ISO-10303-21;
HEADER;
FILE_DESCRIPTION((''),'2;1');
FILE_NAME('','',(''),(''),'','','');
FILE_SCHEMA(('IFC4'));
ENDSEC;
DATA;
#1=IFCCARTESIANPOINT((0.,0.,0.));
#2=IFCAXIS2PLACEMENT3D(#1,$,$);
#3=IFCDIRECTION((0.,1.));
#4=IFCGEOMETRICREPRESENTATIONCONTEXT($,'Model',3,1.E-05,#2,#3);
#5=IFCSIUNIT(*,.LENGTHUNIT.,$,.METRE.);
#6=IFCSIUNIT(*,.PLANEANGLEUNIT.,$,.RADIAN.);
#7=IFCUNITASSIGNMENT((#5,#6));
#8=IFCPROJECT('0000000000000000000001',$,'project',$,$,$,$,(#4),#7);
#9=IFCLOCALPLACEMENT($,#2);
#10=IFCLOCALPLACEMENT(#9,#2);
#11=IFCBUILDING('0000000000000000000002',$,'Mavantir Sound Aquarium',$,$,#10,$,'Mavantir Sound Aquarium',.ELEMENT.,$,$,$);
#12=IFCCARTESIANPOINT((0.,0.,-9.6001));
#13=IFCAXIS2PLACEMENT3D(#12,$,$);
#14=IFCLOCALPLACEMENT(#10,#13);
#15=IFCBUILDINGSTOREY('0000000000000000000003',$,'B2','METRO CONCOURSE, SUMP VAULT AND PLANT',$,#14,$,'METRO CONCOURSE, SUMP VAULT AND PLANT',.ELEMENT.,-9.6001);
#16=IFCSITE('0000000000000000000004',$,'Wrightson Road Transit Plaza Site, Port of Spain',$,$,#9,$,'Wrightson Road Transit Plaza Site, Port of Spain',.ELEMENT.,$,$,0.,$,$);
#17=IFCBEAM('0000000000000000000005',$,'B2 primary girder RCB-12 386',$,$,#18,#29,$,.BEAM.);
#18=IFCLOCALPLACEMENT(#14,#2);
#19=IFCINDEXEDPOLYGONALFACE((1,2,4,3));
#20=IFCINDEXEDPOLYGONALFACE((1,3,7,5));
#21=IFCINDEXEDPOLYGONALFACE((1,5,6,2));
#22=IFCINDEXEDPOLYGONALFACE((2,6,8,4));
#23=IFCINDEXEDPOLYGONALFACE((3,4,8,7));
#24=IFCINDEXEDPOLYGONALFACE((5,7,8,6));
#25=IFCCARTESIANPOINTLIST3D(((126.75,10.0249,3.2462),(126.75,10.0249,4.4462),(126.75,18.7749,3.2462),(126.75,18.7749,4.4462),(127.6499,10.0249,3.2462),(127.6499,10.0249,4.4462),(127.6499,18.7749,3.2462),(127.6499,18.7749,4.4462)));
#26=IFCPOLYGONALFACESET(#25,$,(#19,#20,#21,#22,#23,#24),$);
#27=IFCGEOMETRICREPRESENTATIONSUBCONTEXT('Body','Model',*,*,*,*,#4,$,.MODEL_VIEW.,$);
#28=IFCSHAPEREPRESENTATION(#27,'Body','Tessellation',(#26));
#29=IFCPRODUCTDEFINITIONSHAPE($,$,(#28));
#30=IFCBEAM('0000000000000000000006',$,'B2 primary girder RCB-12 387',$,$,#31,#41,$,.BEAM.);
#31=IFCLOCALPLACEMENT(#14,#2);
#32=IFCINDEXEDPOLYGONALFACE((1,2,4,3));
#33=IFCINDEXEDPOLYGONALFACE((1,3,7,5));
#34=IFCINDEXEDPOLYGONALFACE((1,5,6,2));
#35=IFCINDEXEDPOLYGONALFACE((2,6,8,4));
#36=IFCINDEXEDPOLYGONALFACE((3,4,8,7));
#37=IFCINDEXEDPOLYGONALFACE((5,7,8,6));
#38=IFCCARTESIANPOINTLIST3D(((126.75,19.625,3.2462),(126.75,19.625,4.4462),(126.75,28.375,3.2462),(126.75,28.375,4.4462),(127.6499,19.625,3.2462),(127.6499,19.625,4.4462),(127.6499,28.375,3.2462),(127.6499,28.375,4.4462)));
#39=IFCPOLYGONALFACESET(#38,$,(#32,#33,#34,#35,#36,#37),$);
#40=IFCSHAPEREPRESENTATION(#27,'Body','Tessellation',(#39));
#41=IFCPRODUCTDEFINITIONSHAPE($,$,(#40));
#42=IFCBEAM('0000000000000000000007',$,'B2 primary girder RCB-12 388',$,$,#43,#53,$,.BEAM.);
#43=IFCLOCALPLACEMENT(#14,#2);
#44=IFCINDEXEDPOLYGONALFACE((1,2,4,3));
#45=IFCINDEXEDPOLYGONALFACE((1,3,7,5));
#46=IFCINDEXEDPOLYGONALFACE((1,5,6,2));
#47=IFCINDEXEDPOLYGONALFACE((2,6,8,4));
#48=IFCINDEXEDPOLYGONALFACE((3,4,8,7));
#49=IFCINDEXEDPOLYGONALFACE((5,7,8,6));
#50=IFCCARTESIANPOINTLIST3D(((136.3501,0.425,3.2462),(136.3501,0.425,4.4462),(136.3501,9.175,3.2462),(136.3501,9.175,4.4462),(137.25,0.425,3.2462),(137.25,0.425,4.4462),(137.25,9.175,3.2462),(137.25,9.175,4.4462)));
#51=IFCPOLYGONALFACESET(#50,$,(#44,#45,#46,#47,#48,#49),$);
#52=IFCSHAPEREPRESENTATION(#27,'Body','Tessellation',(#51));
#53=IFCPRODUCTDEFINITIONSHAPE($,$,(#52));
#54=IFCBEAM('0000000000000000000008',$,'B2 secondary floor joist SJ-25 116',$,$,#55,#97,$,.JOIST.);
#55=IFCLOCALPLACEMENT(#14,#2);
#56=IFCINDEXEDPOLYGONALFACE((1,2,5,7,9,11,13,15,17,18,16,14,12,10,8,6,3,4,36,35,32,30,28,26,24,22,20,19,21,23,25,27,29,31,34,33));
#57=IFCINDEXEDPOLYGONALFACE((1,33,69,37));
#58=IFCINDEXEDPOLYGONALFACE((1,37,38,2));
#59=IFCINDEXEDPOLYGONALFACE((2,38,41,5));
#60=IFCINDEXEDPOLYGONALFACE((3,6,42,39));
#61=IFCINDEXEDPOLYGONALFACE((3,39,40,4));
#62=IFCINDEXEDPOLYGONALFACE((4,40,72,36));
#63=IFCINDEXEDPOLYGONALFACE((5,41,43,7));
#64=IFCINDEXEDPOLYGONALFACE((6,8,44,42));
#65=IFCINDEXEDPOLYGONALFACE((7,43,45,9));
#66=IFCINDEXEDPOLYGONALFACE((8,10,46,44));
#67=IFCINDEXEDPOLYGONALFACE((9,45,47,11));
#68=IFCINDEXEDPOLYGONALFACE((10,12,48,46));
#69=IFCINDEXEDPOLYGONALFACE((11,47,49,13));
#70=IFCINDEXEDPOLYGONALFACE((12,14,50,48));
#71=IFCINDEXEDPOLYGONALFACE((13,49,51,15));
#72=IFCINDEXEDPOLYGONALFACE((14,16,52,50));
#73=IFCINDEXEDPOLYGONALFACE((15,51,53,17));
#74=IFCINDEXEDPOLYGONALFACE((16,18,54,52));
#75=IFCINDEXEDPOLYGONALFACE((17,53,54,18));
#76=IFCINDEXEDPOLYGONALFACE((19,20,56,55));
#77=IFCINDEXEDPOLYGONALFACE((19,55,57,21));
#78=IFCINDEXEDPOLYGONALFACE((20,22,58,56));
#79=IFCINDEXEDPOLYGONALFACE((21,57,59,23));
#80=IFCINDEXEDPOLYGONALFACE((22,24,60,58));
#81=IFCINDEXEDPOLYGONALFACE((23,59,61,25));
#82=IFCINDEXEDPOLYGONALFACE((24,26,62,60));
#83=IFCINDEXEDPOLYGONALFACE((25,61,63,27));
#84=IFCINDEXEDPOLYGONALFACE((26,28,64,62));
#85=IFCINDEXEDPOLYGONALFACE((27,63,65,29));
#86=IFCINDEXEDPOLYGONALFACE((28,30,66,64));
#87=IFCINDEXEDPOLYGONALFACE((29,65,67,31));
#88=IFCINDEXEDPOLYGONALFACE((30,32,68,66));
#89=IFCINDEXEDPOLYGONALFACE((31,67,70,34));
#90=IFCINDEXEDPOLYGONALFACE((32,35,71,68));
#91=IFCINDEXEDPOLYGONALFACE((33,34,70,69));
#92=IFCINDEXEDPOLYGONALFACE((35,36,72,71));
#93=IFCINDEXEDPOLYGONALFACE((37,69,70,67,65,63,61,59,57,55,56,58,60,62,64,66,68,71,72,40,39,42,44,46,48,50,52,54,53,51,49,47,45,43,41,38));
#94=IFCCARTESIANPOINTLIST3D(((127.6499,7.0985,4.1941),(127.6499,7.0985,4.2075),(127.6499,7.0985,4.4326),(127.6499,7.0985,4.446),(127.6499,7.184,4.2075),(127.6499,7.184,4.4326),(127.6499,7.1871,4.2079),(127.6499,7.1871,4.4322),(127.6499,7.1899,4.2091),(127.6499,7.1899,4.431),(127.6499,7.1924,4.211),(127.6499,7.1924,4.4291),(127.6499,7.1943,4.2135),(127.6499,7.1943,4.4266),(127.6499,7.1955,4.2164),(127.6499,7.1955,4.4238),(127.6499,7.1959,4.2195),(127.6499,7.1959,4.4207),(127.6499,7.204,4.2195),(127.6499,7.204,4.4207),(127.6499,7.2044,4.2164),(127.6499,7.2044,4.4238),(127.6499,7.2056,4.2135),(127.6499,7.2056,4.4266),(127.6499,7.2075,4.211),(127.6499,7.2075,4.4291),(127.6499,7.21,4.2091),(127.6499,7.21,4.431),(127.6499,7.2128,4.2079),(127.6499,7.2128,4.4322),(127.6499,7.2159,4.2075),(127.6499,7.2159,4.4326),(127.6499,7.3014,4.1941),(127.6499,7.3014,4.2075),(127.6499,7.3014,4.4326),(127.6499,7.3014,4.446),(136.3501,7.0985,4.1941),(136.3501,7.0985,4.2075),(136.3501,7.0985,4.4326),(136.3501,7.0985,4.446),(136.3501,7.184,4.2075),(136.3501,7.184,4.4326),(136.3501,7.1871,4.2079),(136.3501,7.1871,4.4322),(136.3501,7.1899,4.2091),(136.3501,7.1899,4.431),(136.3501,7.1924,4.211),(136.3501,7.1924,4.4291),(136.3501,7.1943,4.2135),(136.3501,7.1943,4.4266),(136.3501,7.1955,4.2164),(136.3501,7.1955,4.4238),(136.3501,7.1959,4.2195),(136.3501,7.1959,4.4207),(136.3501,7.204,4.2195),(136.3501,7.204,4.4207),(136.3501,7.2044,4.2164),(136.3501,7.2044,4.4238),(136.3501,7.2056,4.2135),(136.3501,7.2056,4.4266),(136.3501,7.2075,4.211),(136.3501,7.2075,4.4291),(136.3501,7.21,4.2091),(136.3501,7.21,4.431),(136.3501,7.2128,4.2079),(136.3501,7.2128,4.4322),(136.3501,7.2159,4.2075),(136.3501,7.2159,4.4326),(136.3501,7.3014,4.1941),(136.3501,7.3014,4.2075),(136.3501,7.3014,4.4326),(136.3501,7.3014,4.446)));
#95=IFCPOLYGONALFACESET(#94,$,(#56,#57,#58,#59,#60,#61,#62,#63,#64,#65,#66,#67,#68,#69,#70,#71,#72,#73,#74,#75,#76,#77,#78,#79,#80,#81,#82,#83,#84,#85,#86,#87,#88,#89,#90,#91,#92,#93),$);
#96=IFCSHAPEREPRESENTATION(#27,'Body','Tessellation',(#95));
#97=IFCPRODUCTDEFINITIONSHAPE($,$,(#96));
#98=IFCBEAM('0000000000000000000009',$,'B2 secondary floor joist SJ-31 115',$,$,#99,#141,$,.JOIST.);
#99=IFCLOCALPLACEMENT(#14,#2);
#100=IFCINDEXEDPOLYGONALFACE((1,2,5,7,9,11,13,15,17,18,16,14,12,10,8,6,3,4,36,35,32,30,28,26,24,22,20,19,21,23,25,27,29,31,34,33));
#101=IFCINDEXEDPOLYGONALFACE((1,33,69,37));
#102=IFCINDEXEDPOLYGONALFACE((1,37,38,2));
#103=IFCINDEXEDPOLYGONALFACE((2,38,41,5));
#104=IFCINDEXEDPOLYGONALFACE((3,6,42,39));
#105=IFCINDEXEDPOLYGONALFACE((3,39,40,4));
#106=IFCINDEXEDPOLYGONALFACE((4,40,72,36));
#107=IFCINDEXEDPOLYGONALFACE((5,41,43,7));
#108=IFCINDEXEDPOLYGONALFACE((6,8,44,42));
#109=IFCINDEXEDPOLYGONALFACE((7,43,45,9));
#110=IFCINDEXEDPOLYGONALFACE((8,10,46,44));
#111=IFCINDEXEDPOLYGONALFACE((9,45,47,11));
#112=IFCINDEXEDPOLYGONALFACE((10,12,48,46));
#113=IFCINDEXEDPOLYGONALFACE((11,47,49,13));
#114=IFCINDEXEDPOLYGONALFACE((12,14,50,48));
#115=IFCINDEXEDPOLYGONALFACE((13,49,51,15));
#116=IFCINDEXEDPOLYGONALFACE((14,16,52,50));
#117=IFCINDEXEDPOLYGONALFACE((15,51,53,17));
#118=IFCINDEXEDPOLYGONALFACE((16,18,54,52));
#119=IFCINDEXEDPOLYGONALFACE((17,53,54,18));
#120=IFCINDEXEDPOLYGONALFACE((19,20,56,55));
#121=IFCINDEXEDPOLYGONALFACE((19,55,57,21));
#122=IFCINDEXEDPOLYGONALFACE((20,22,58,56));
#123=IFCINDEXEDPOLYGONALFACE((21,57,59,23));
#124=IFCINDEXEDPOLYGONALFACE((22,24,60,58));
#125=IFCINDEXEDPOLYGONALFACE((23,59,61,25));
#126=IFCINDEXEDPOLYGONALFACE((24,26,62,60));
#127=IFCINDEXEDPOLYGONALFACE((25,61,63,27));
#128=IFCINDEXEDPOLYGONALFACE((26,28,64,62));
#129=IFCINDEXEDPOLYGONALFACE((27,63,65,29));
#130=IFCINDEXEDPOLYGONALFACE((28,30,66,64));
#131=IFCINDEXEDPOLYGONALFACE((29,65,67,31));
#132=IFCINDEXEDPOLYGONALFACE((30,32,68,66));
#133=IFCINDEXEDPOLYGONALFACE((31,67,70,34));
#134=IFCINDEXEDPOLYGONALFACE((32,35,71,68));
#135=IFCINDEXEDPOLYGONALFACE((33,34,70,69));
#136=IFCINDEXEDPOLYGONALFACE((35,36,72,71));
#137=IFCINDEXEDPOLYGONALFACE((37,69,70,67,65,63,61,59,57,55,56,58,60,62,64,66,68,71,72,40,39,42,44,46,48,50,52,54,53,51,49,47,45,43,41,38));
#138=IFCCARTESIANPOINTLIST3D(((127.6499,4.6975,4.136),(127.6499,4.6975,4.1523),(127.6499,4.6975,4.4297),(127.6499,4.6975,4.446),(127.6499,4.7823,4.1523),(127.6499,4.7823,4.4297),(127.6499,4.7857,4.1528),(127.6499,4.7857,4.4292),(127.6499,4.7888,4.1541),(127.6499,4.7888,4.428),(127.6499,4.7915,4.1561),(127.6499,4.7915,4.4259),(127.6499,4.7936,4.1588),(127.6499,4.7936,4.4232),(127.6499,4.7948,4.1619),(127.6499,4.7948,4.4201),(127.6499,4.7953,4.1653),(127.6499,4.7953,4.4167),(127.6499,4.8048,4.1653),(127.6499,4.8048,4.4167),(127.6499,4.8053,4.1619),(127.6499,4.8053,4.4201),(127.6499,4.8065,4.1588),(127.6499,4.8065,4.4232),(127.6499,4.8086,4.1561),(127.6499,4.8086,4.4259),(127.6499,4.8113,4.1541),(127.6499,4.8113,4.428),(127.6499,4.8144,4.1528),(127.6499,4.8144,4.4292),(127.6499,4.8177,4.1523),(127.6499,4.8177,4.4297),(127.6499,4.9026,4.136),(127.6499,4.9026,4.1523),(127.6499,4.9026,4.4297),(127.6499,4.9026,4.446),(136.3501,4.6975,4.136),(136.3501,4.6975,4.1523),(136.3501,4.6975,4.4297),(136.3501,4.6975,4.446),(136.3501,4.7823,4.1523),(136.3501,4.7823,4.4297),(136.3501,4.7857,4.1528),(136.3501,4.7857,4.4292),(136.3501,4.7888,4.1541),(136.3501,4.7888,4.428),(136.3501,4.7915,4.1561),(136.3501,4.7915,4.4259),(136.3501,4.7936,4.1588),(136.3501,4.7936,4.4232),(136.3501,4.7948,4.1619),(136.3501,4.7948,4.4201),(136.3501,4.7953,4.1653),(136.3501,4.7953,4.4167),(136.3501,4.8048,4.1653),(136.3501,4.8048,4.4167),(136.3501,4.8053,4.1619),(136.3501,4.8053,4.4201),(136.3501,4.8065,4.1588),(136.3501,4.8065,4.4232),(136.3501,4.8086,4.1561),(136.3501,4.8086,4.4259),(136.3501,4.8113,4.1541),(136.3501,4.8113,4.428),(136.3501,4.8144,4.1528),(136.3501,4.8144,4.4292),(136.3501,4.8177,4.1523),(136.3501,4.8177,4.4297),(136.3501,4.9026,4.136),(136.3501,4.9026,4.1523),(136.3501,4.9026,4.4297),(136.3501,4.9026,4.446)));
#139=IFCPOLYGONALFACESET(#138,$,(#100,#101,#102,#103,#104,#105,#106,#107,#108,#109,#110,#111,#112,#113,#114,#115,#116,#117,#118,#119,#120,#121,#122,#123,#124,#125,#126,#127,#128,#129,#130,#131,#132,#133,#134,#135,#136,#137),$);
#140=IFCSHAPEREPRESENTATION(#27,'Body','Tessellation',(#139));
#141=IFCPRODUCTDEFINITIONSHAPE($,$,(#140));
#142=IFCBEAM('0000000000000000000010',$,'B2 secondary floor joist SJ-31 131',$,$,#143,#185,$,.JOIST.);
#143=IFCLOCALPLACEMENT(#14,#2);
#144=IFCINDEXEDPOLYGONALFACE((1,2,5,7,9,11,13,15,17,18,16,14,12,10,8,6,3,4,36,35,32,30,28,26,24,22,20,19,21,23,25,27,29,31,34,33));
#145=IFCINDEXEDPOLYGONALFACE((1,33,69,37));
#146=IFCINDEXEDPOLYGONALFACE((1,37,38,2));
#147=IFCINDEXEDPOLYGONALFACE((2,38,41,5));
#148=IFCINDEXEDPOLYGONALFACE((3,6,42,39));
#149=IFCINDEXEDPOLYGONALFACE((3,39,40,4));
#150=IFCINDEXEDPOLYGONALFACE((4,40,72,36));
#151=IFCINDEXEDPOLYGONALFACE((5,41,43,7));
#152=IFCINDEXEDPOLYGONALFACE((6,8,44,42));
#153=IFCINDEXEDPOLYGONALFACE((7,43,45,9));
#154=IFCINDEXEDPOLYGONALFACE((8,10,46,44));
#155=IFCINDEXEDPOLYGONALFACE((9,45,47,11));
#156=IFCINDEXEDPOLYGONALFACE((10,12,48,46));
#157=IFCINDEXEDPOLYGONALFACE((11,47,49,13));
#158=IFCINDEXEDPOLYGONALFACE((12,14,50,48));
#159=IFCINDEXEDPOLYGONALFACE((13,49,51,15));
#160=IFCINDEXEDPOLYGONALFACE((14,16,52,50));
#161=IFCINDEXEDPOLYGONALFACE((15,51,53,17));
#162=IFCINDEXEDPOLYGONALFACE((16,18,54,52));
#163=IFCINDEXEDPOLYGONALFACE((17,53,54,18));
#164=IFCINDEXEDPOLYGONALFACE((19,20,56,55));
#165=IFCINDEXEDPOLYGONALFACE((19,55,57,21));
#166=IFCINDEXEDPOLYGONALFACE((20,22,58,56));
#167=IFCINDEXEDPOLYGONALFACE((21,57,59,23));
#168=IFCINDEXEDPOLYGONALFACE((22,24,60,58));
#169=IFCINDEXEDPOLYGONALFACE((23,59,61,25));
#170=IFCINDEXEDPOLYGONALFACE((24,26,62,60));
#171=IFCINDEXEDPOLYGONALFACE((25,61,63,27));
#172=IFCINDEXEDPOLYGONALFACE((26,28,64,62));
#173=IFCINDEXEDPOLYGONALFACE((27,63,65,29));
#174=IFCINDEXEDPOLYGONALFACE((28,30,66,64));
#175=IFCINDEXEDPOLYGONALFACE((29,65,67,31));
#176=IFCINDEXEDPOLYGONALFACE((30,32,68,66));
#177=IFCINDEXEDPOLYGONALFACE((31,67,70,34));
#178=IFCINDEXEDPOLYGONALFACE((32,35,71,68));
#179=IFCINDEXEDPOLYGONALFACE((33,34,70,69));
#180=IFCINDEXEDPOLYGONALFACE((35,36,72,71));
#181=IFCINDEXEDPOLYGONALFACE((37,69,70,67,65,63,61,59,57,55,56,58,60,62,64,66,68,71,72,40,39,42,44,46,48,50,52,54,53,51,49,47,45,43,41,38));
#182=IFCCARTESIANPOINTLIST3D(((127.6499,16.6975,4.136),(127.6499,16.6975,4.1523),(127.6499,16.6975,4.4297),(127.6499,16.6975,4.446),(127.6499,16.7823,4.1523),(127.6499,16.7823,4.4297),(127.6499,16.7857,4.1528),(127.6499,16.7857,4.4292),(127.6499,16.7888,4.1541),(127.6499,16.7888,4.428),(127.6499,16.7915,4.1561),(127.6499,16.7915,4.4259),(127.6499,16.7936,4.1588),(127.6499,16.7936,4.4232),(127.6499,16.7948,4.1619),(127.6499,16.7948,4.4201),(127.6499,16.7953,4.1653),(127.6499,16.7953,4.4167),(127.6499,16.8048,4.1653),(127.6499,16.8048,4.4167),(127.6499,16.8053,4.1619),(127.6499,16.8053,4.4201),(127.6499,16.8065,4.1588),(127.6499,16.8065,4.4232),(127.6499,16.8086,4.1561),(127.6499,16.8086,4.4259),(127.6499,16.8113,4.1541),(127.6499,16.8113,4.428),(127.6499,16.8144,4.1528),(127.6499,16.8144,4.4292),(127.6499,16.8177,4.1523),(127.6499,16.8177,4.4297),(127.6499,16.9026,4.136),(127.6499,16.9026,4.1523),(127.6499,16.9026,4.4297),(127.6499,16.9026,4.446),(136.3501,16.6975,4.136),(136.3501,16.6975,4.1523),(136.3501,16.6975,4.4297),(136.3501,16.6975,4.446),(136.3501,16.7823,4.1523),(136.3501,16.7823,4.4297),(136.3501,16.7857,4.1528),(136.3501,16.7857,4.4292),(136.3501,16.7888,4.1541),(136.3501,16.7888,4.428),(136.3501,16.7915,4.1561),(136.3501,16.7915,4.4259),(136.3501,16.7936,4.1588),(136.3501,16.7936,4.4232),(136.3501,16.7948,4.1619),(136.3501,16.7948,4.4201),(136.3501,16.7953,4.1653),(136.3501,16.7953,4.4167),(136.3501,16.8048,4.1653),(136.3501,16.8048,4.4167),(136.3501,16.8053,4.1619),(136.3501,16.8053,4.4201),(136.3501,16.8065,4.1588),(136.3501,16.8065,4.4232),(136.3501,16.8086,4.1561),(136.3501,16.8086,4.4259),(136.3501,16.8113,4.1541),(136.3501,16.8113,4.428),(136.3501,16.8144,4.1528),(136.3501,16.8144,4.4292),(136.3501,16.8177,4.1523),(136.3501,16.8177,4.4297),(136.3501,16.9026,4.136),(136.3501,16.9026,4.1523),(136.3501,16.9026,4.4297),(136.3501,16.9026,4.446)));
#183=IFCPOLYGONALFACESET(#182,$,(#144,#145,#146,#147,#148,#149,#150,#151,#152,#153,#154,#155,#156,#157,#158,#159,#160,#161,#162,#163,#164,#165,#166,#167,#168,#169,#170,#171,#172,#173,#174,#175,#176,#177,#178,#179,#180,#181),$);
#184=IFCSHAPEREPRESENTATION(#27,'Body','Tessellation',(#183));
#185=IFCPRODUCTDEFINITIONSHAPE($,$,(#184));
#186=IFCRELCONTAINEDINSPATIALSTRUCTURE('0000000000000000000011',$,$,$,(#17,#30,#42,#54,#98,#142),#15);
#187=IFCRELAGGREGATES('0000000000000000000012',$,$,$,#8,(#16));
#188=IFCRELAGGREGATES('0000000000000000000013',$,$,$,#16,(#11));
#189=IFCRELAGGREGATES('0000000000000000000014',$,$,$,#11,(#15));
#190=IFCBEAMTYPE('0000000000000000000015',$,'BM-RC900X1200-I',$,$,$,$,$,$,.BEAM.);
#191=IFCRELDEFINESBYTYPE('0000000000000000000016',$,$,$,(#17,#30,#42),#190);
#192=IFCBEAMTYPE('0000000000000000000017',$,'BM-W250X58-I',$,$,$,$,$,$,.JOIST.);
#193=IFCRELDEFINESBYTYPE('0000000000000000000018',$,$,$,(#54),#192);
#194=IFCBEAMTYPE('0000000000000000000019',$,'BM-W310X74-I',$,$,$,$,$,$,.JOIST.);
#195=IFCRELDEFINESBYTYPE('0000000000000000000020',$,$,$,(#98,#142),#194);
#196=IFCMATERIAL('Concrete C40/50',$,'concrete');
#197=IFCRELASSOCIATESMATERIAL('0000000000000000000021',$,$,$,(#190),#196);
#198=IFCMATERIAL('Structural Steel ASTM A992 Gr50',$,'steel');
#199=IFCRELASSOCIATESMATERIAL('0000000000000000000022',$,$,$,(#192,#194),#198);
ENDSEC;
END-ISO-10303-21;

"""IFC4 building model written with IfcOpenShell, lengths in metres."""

from ifc_helpers import new_model, si_unit, direction, frame, origin, origin_2d, place, context, subcontext, project, spatial, rectangle, i_section, extrude, material, material_profile, profile_set, type_object, element, save


model = new_model("IFC4")

# Units and contexts
model_context = context("Model", 3, precision=1e-05, world=origin(), true_north=direction((0.0, 1.0)))
body_context = subcontext(model_context, "Body", "Model", "MODEL_VIEW")
ifc_project = project(units=[si_unit("LENGTHUNIT", "METRE"), si_unit("PLANEANGLEUNIT", "RADIAN")], contexts=[model_context])

# Site, building, storey
site_placement = place(None, origin())
site = spatial("IfcSite", under=ifc_project, at=site_placement, Name="Wrightson Road Transit Plaza Site, Port of Spain", LongName="Wrightson Road Transit Plaza Site, Port of Spain", CompositionType="ELEMENT", RefElevation=0.0)
building_placement = place(site_placement, origin())
building = spatial("IfcBuilding", under=site, at=building_placement, Name="Mavantir Sound Aquarium", LongName="Mavantir Sound Aquarium", CompositionType="ELEMENT")
storey_placement = place(building_placement, frame((0.0, 0.0, -9.6001)))
storey = spatial("IfcBuildingStorey", under=building, at=storey_placement, Name="B2", Description="METRO CONCOURSE, SUMP VAULT AND PLANT", LongName="METRO CONCOURSE, SUMP VAULT AND PLANT", CompositionType="ELEMENT", Elevation=-9.6001)

# Shared definitions
ifc_material_1 = material(Name="Concrete C40/50", Category="concrete")

# Beams
ifc_material_profile_1 = material_profile(ifc_material_1, rectangle(XDim=0.8999, YDim=1.2, at=origin_2d()), Name="RC 900X1200")
ifc_profile_set_1 = profile_set([ifc_material_profile_1], Name="Concrete C40/50")
beam_type_1 = type_object("IfcBeamType", Name="BM-RC900X1200-I", PredefinedType="BEAM", material=ifc_profile_set_1)
for number, where, z_axis, x_axis, name in (
    (1, (127.2, 10.0249, 3.8462), (0.0, 1.0, 0.0), (-1.0, 0.0, 0.0), "B2 primary girder RCB-12 386"),
    (2, (127.2, 19.625, 3.8462), (0.0, 1.0, 0.0), (-1.0, 0.0, 0.0), "B2 primary girder RCB-12 387"),
    (3, (136.8, 0.425, 3.8462), (0.0, 1.0, 0.0), (-1.0, 0.0, 0.0), "B2 primary girder RCB-12 388"),
):
    element("IfcBeam", number, at=place(storey_placement, frame(where, z_axis=z_axis, x_axis=x_axis)), inside=storey, type_object=beam_type_1, Name=name, PredefinedType="BEAM", context=body_context, shape_type="SweptSolid", body=[
        extrude(rectangle(XDim=0.8999, YDim=1.2, at=origin_2d()), origin(), (0.0, 0.0, 1.0), 8.75),
    ])
ifc_material_2 = material(Name="Structural Steel ASTM A992 Gr50", Category="steel")
ifc_material_profile_2 = material_profile(ifc_material_2, i_section(OverallWidth=0.2029, OverallDepth=0.252, WebThickness=0.0081, FlangeThickness=0.0134, FilletRadius=0.012, at=origin_2d()), Name="W250X58")
ifc_profile_set_2 = profile_set([ifc_material_profile_2], Name="Structural Steel ASTM A992 Gr50")
beam_type_2 = type_object("IfcBeamType", Name="BM-W250X58-I", PredefinedType="JOIST", material=ifc_profile_set_2)
beam_1_placement = place(storey_placement, frame((127.6499, 7.2, 4.3201), z_axis=(1.0, 0.0, 0.0), x_axis=(0.0, 1.0, 0.0)))
element("IfcBeam", 4, at=beam_1_placement, inside=storey, type_object=beam_type_2, Name="B2 secondary floor joist SJ-25 116", PredefinedType="JOIST", context=body_context, shape_type="SweptSolid", body=[
    extrude(i_section(OverallWidth=0.2029, OverallDepth=0.252, WebThickness=0.0081, FlangeThickness=0.0134, FilletRadius=0.012, at=origin_2d()), origin(), (0.0, 0.0, 1.0), 8.7002),
])
ifc_material_profile_3 = material_profile(ifc_material_2, i_section(OverallWidth=0.2051, OverallDepth=0.3101, WebThickness=0.0095, FlangeThickness=0.0164, FilletRadius=0.0129, at=origin_2d()), Name="W310X74")
ifc_profile_set_3 = profile_set([ifc_material_profile_3], Name="Structural Steel ASTM A992 Gr50")
beam_type_3 = type_object("IfcBeamType", Name="BM-W310X74-I", PredefinedType="JOIST", material=ifc_profile_set_3)
for number, where, z_axis, x_axis, name in (
    (5, (127.6499, 4.8, 4.291), (1.0, 0.0, 0.0), (0.0, 1.0, 0.0), "B2 secondary floor joist SJ-31 115"),
    (6, (127.6499, 16.8, 4.291), (1.0, 0.0, 0.0), (0.0, 1.0, 0.0), "B2 secondary floor joist SJ-31 131"),
):
    element("IfcBeam", number, at=place(storey_placement, frame(where, z_axis=z_axis, x_axis=x_axis)), inside=storey, type_object=beam_type_3, Name=name, PredefinedType="JOIST", context=body_context, shape_type="SweptSolid", body=[
        extrude(i_section(OverallWidth=0.2051, OverallDepth=0.3101, WebThickness=0.0095, FlangeThickness=0.0164, FilletRadius=0.0129, at=origin_2d()), origin(), (0.0, 0.0, 1.0), 8.7002),
    ])

save(model, "model.ifc")
